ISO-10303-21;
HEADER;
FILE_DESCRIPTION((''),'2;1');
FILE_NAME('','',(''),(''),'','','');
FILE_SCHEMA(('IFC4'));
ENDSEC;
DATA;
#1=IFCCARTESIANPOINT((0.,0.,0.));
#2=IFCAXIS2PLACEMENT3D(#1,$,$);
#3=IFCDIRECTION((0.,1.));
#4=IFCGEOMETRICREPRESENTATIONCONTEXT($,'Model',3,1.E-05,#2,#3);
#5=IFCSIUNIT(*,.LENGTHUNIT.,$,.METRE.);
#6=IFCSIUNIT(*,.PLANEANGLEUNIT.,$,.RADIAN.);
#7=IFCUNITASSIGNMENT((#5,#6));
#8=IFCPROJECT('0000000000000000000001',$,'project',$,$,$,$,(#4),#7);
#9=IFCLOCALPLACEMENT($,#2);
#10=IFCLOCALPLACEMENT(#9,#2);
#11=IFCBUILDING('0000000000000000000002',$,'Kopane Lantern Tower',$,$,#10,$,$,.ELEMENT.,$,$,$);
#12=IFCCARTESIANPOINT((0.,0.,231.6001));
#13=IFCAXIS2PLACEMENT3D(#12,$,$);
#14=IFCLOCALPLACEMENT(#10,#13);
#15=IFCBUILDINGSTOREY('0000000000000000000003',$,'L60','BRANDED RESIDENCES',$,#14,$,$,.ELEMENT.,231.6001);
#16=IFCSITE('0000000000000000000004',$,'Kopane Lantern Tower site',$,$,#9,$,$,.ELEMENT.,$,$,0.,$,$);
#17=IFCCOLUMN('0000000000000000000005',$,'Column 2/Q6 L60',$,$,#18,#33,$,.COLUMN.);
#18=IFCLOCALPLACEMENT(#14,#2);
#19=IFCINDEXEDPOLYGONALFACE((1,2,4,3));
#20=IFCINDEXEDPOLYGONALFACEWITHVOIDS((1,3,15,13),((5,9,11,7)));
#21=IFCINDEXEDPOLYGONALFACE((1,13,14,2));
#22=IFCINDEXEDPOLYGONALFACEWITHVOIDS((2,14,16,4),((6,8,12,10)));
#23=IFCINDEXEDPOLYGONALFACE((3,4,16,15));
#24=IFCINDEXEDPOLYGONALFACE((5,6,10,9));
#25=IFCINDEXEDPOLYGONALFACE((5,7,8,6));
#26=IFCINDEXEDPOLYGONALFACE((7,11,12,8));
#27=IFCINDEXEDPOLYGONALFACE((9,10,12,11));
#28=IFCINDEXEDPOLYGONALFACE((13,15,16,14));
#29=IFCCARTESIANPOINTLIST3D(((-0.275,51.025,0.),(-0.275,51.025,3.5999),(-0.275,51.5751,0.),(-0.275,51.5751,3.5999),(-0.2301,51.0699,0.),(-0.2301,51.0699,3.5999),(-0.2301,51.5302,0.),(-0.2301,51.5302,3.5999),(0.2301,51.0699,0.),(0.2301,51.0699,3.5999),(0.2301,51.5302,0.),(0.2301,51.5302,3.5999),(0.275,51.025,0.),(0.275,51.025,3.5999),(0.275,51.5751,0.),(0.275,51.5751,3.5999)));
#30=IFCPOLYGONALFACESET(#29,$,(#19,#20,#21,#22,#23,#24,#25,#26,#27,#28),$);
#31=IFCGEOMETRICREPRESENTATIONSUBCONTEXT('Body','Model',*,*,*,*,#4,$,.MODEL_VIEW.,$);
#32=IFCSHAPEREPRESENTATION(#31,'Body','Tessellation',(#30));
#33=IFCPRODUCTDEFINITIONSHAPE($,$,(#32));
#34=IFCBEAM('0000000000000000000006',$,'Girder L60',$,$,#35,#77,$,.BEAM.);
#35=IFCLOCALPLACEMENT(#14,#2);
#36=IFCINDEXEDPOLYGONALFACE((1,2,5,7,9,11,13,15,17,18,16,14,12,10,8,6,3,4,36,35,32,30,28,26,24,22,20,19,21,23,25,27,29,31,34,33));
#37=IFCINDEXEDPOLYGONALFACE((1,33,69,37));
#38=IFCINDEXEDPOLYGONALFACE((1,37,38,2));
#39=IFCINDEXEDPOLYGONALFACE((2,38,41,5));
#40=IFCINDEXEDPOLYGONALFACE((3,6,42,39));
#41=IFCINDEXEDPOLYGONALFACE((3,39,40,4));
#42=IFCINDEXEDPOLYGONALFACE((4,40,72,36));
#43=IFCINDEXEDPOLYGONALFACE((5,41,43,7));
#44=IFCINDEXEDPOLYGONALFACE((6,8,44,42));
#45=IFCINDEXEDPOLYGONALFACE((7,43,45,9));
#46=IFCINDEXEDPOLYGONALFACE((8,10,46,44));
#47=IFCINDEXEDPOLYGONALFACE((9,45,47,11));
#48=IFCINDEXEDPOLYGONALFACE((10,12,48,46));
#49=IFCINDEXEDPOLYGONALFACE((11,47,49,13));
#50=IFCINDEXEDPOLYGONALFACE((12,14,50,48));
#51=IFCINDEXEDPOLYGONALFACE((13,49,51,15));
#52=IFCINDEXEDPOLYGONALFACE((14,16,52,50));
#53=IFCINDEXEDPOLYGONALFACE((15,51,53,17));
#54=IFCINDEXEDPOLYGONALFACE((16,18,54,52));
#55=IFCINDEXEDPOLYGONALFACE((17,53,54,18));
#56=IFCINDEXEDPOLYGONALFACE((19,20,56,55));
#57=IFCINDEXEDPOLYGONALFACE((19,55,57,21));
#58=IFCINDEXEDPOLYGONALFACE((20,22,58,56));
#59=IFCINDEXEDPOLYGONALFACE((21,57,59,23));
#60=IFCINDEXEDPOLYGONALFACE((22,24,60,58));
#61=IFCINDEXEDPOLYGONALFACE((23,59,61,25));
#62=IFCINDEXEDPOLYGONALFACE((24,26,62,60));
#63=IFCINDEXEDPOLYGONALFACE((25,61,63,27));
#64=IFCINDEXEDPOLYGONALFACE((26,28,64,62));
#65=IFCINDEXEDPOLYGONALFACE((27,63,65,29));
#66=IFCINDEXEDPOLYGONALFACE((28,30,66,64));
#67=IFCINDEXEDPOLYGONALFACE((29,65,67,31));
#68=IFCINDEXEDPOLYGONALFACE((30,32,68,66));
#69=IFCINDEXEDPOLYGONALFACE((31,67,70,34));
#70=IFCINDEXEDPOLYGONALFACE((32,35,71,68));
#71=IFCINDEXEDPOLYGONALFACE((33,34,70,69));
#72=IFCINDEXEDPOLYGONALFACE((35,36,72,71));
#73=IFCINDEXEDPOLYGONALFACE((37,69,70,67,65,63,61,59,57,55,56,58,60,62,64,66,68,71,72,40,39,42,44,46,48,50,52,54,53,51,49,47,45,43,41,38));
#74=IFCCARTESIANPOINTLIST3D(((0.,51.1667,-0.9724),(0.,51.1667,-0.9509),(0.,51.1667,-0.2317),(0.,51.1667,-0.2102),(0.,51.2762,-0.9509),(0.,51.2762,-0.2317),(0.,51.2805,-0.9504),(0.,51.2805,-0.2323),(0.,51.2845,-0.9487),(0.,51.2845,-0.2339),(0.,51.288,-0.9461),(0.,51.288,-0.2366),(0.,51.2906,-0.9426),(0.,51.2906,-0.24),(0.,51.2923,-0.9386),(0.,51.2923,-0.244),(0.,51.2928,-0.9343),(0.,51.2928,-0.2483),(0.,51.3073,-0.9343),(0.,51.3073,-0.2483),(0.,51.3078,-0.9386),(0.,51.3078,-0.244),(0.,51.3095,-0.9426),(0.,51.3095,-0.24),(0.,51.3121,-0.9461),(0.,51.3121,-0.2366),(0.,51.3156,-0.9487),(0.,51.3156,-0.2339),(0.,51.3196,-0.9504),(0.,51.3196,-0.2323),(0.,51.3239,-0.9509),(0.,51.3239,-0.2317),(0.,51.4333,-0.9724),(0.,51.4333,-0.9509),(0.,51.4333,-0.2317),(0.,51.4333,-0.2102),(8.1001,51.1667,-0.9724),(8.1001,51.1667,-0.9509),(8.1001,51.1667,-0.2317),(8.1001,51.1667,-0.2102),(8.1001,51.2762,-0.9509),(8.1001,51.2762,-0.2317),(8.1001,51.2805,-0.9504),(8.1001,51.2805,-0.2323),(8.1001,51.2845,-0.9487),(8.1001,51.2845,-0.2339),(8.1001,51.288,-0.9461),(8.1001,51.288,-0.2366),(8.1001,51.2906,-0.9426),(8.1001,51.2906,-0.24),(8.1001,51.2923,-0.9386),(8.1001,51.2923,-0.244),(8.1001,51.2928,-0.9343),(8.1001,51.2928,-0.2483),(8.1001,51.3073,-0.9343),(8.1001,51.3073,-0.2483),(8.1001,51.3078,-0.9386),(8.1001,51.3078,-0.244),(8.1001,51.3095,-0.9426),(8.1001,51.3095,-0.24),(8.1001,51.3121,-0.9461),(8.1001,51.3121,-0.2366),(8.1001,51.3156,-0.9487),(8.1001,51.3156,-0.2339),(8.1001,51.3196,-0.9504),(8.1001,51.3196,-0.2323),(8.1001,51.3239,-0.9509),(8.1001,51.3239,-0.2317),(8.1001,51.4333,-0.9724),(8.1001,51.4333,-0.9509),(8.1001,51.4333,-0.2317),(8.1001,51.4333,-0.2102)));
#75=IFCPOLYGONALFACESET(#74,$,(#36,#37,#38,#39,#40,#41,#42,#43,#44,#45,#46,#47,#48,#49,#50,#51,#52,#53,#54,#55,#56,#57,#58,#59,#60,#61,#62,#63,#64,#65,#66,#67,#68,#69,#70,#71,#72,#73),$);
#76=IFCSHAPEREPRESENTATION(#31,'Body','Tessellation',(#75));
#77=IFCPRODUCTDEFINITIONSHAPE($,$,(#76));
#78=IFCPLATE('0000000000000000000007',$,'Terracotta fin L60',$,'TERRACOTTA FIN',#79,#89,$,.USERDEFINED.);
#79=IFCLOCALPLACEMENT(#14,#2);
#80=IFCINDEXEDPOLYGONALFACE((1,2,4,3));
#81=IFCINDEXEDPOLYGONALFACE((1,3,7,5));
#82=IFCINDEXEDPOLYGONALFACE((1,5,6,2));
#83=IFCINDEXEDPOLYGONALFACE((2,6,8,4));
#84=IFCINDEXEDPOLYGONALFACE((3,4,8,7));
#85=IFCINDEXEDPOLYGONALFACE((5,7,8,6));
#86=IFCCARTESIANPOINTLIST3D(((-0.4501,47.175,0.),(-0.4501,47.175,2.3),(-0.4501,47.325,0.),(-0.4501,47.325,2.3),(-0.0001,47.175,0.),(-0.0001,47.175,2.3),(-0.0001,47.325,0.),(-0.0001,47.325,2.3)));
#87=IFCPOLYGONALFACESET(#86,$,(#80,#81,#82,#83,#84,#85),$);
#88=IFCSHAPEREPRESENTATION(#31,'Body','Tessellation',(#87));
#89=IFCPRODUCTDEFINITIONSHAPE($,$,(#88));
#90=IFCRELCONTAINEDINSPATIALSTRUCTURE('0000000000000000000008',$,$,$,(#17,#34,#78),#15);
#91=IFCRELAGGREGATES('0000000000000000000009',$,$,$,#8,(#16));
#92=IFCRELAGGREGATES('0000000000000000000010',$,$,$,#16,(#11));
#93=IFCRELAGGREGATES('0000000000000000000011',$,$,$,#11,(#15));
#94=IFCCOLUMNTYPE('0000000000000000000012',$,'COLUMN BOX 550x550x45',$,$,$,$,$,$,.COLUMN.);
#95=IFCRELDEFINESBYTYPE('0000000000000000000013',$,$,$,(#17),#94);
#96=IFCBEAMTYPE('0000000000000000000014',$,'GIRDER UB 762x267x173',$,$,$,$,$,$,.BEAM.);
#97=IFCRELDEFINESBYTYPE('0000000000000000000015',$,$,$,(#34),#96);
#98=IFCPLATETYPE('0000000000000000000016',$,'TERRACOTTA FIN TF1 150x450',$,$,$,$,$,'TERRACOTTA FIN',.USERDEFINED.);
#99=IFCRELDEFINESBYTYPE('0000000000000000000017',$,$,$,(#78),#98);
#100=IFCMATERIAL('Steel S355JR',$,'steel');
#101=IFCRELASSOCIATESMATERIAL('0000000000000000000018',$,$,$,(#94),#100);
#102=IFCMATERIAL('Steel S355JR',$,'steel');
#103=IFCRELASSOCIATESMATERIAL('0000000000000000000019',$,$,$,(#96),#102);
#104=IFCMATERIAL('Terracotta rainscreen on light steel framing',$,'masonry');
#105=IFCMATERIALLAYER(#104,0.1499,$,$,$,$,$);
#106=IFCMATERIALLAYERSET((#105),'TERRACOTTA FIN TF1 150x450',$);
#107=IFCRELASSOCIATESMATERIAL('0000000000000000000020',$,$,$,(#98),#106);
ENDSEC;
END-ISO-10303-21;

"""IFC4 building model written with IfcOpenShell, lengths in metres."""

from ifc_helpers import new_model, si_unit, direction, frame, origin, origin_2d, place, context, subcontext, project, spatial, rectangle, hollow_rectangle, i_section, extrude, material, layer, layer_set, material_profile, profile_set, type_object, element, save


model = new_model("IFC4")

# Units and contexts
model_context = context("Model", 3, precision=1e-05, world=origin(), true_north=direction((0.0, 1.0)))
body_context = subcontext(model_context, "Body", "Model", "MODEL_VIEW")
ifc_project = project(units=[si_unit("LENGTHUNIT", "METRE"), si_unit("PLANEANGLEUNIT", "RADIAN")], contexts=[model_context])

# Site, building, storey
site_placement = place(None, origin())
site = spatial("IfcSite", under=ifc_project, at=site_placement, Name="Kopane Lantern Tower site", CompositionType="ELEMENT", RefElevation=0.0)
building_placement = place(site_placement, origin())
building = spatial("IfcBuilding", under=site, at=building_placement, Name="Kopane Lantern Tower", CompositionType="ELEMENT")
storey_placement = place(building_placement, frame((0.0, 0.0, 231.6001)))
storey = spatial("IfcBuildingStorey", under=building, at=storey_placement, Name="L60", Description="BRANDED RESIDENCES", CompositionType="ELEMENT", Elevation=231.6001)

# Column
ifc_material_1 = material(Name="Steel S355JR", Category="steel")
ifc_material_profile_1 = material_profile(ifc_material_1, hollow_rectangle(XDim=0.55, YDim=0.55, WallThickness=0.0449, at=origin_2d()), Name="BOX 550x550x45")
ifc_profile_set_1 = profile_set([ifc_material_profile_1], Name="Steel S355JR")
column_type = type_object("IfcColumnType", Name="COLUMN BOX 550x550x45", PredefinedType="COLUMN", material=ifc_profile_set_1)
column_placement = place(storey_placement, frame((0.0, 51.3, 0.0), z_axis=(0.0, 0.0, 1.0), x_axis=(1.0, 0.0, 0.0)))
element("IfcColumn", 1, at=column_placement, inside=storey, type_object=column_type, Name="Column 2/Q6 L60", PredefinedType="COLUMN", context=body_context, shape_type="SweptSolid", body=[
    extrude(hollow_rectangle(XDim=0.55, YDim=0.55, WallThickness=0.0449, at=origin_2d()), origin(), (0.0, 0.0, 1.0), 3.5999),
])

# Beam
ifc_material_2 = material(Name="Steel S355JR", Category="steel")
ifc_material_profile_2 = material_profile(ifc_material_2, i_section(OverallWidth=0.2666, OverallDepth=0.7622, WebThickness=0.0144, FlangeThickness=0.0215, FilletRadius=0.0166, at=origin_2d()), Name="UB 762x267x173")
ifc_profile_set_2 = profile_set([ifc_material_profile_2], Name="Steel S355JR")
beam_type = type_object("IfcBeamType", Name="GIRDER UB 762x267x173", PredefinedType="BEAM", material=ifc_profile_set_2)
beam_placement = place(storey_placement, frame((0.0, 51.3, -0.5913), z_axis=(1.0, 0.0, 0.0), x_axis=(0.0, 1.0, 0.0)))
element("IfcBeam", 2, at=beam_placement, inside=storey, type_object=beam_type, Name="Girder L60", PredefinedType="BEAM", context=body_context, shape_type="SweptSolid", body=[
    extrude(i_section(OverallWidth=0.2666, OverallDepth=0.7622, WebThickness=0.0144, FlangeThickness=0.0215, FilletRadius=0.0166, at=origin_2d()), origin(), (0.0, 0.0, 1.0), 8.1001),
])

# Plate
ifc_material_3 = material(Name="Terracotta rainscreen on light steel framing", Category="masonry")
ifc_layer_1 = layer(ifc_material_3, 0.1499)
ifc_layer_set_1 = layer_set([ifc_layer_1], Name="TERRACOTTA FIN TF1 150x450")
plate_type = type_object("IfcPlateType", Name="TERRACOTTA FIN TF1 150x450", ElementType="TERRACOTTA FIN", PredefinedType="USERDEFINED", material=ifc_layer_set_1)
plate_placement = place(storey_placement, frame((-0.2251, 47.25, 0.0), z_axis=(0.0, 0.0, 1.0), x_axis=(0.0, -1.0, 0.0)))
element("IfcPlate", 3, at=plate_placement, inside=storey, type_object=plate_type, Name="Terracotta fin L60", ObjectType="TERRACOTTA FIN", PredefinedType="USERDEFINED", context=body_context, shape_type="SweptSolid", body=[
    extrude(rectangle(XDim=0.1499, YDim=0.45, at=origin_2d()), origin(), (0.0, 0.0, 1.0), 2.3),
])

save(model, "model.ifc")
